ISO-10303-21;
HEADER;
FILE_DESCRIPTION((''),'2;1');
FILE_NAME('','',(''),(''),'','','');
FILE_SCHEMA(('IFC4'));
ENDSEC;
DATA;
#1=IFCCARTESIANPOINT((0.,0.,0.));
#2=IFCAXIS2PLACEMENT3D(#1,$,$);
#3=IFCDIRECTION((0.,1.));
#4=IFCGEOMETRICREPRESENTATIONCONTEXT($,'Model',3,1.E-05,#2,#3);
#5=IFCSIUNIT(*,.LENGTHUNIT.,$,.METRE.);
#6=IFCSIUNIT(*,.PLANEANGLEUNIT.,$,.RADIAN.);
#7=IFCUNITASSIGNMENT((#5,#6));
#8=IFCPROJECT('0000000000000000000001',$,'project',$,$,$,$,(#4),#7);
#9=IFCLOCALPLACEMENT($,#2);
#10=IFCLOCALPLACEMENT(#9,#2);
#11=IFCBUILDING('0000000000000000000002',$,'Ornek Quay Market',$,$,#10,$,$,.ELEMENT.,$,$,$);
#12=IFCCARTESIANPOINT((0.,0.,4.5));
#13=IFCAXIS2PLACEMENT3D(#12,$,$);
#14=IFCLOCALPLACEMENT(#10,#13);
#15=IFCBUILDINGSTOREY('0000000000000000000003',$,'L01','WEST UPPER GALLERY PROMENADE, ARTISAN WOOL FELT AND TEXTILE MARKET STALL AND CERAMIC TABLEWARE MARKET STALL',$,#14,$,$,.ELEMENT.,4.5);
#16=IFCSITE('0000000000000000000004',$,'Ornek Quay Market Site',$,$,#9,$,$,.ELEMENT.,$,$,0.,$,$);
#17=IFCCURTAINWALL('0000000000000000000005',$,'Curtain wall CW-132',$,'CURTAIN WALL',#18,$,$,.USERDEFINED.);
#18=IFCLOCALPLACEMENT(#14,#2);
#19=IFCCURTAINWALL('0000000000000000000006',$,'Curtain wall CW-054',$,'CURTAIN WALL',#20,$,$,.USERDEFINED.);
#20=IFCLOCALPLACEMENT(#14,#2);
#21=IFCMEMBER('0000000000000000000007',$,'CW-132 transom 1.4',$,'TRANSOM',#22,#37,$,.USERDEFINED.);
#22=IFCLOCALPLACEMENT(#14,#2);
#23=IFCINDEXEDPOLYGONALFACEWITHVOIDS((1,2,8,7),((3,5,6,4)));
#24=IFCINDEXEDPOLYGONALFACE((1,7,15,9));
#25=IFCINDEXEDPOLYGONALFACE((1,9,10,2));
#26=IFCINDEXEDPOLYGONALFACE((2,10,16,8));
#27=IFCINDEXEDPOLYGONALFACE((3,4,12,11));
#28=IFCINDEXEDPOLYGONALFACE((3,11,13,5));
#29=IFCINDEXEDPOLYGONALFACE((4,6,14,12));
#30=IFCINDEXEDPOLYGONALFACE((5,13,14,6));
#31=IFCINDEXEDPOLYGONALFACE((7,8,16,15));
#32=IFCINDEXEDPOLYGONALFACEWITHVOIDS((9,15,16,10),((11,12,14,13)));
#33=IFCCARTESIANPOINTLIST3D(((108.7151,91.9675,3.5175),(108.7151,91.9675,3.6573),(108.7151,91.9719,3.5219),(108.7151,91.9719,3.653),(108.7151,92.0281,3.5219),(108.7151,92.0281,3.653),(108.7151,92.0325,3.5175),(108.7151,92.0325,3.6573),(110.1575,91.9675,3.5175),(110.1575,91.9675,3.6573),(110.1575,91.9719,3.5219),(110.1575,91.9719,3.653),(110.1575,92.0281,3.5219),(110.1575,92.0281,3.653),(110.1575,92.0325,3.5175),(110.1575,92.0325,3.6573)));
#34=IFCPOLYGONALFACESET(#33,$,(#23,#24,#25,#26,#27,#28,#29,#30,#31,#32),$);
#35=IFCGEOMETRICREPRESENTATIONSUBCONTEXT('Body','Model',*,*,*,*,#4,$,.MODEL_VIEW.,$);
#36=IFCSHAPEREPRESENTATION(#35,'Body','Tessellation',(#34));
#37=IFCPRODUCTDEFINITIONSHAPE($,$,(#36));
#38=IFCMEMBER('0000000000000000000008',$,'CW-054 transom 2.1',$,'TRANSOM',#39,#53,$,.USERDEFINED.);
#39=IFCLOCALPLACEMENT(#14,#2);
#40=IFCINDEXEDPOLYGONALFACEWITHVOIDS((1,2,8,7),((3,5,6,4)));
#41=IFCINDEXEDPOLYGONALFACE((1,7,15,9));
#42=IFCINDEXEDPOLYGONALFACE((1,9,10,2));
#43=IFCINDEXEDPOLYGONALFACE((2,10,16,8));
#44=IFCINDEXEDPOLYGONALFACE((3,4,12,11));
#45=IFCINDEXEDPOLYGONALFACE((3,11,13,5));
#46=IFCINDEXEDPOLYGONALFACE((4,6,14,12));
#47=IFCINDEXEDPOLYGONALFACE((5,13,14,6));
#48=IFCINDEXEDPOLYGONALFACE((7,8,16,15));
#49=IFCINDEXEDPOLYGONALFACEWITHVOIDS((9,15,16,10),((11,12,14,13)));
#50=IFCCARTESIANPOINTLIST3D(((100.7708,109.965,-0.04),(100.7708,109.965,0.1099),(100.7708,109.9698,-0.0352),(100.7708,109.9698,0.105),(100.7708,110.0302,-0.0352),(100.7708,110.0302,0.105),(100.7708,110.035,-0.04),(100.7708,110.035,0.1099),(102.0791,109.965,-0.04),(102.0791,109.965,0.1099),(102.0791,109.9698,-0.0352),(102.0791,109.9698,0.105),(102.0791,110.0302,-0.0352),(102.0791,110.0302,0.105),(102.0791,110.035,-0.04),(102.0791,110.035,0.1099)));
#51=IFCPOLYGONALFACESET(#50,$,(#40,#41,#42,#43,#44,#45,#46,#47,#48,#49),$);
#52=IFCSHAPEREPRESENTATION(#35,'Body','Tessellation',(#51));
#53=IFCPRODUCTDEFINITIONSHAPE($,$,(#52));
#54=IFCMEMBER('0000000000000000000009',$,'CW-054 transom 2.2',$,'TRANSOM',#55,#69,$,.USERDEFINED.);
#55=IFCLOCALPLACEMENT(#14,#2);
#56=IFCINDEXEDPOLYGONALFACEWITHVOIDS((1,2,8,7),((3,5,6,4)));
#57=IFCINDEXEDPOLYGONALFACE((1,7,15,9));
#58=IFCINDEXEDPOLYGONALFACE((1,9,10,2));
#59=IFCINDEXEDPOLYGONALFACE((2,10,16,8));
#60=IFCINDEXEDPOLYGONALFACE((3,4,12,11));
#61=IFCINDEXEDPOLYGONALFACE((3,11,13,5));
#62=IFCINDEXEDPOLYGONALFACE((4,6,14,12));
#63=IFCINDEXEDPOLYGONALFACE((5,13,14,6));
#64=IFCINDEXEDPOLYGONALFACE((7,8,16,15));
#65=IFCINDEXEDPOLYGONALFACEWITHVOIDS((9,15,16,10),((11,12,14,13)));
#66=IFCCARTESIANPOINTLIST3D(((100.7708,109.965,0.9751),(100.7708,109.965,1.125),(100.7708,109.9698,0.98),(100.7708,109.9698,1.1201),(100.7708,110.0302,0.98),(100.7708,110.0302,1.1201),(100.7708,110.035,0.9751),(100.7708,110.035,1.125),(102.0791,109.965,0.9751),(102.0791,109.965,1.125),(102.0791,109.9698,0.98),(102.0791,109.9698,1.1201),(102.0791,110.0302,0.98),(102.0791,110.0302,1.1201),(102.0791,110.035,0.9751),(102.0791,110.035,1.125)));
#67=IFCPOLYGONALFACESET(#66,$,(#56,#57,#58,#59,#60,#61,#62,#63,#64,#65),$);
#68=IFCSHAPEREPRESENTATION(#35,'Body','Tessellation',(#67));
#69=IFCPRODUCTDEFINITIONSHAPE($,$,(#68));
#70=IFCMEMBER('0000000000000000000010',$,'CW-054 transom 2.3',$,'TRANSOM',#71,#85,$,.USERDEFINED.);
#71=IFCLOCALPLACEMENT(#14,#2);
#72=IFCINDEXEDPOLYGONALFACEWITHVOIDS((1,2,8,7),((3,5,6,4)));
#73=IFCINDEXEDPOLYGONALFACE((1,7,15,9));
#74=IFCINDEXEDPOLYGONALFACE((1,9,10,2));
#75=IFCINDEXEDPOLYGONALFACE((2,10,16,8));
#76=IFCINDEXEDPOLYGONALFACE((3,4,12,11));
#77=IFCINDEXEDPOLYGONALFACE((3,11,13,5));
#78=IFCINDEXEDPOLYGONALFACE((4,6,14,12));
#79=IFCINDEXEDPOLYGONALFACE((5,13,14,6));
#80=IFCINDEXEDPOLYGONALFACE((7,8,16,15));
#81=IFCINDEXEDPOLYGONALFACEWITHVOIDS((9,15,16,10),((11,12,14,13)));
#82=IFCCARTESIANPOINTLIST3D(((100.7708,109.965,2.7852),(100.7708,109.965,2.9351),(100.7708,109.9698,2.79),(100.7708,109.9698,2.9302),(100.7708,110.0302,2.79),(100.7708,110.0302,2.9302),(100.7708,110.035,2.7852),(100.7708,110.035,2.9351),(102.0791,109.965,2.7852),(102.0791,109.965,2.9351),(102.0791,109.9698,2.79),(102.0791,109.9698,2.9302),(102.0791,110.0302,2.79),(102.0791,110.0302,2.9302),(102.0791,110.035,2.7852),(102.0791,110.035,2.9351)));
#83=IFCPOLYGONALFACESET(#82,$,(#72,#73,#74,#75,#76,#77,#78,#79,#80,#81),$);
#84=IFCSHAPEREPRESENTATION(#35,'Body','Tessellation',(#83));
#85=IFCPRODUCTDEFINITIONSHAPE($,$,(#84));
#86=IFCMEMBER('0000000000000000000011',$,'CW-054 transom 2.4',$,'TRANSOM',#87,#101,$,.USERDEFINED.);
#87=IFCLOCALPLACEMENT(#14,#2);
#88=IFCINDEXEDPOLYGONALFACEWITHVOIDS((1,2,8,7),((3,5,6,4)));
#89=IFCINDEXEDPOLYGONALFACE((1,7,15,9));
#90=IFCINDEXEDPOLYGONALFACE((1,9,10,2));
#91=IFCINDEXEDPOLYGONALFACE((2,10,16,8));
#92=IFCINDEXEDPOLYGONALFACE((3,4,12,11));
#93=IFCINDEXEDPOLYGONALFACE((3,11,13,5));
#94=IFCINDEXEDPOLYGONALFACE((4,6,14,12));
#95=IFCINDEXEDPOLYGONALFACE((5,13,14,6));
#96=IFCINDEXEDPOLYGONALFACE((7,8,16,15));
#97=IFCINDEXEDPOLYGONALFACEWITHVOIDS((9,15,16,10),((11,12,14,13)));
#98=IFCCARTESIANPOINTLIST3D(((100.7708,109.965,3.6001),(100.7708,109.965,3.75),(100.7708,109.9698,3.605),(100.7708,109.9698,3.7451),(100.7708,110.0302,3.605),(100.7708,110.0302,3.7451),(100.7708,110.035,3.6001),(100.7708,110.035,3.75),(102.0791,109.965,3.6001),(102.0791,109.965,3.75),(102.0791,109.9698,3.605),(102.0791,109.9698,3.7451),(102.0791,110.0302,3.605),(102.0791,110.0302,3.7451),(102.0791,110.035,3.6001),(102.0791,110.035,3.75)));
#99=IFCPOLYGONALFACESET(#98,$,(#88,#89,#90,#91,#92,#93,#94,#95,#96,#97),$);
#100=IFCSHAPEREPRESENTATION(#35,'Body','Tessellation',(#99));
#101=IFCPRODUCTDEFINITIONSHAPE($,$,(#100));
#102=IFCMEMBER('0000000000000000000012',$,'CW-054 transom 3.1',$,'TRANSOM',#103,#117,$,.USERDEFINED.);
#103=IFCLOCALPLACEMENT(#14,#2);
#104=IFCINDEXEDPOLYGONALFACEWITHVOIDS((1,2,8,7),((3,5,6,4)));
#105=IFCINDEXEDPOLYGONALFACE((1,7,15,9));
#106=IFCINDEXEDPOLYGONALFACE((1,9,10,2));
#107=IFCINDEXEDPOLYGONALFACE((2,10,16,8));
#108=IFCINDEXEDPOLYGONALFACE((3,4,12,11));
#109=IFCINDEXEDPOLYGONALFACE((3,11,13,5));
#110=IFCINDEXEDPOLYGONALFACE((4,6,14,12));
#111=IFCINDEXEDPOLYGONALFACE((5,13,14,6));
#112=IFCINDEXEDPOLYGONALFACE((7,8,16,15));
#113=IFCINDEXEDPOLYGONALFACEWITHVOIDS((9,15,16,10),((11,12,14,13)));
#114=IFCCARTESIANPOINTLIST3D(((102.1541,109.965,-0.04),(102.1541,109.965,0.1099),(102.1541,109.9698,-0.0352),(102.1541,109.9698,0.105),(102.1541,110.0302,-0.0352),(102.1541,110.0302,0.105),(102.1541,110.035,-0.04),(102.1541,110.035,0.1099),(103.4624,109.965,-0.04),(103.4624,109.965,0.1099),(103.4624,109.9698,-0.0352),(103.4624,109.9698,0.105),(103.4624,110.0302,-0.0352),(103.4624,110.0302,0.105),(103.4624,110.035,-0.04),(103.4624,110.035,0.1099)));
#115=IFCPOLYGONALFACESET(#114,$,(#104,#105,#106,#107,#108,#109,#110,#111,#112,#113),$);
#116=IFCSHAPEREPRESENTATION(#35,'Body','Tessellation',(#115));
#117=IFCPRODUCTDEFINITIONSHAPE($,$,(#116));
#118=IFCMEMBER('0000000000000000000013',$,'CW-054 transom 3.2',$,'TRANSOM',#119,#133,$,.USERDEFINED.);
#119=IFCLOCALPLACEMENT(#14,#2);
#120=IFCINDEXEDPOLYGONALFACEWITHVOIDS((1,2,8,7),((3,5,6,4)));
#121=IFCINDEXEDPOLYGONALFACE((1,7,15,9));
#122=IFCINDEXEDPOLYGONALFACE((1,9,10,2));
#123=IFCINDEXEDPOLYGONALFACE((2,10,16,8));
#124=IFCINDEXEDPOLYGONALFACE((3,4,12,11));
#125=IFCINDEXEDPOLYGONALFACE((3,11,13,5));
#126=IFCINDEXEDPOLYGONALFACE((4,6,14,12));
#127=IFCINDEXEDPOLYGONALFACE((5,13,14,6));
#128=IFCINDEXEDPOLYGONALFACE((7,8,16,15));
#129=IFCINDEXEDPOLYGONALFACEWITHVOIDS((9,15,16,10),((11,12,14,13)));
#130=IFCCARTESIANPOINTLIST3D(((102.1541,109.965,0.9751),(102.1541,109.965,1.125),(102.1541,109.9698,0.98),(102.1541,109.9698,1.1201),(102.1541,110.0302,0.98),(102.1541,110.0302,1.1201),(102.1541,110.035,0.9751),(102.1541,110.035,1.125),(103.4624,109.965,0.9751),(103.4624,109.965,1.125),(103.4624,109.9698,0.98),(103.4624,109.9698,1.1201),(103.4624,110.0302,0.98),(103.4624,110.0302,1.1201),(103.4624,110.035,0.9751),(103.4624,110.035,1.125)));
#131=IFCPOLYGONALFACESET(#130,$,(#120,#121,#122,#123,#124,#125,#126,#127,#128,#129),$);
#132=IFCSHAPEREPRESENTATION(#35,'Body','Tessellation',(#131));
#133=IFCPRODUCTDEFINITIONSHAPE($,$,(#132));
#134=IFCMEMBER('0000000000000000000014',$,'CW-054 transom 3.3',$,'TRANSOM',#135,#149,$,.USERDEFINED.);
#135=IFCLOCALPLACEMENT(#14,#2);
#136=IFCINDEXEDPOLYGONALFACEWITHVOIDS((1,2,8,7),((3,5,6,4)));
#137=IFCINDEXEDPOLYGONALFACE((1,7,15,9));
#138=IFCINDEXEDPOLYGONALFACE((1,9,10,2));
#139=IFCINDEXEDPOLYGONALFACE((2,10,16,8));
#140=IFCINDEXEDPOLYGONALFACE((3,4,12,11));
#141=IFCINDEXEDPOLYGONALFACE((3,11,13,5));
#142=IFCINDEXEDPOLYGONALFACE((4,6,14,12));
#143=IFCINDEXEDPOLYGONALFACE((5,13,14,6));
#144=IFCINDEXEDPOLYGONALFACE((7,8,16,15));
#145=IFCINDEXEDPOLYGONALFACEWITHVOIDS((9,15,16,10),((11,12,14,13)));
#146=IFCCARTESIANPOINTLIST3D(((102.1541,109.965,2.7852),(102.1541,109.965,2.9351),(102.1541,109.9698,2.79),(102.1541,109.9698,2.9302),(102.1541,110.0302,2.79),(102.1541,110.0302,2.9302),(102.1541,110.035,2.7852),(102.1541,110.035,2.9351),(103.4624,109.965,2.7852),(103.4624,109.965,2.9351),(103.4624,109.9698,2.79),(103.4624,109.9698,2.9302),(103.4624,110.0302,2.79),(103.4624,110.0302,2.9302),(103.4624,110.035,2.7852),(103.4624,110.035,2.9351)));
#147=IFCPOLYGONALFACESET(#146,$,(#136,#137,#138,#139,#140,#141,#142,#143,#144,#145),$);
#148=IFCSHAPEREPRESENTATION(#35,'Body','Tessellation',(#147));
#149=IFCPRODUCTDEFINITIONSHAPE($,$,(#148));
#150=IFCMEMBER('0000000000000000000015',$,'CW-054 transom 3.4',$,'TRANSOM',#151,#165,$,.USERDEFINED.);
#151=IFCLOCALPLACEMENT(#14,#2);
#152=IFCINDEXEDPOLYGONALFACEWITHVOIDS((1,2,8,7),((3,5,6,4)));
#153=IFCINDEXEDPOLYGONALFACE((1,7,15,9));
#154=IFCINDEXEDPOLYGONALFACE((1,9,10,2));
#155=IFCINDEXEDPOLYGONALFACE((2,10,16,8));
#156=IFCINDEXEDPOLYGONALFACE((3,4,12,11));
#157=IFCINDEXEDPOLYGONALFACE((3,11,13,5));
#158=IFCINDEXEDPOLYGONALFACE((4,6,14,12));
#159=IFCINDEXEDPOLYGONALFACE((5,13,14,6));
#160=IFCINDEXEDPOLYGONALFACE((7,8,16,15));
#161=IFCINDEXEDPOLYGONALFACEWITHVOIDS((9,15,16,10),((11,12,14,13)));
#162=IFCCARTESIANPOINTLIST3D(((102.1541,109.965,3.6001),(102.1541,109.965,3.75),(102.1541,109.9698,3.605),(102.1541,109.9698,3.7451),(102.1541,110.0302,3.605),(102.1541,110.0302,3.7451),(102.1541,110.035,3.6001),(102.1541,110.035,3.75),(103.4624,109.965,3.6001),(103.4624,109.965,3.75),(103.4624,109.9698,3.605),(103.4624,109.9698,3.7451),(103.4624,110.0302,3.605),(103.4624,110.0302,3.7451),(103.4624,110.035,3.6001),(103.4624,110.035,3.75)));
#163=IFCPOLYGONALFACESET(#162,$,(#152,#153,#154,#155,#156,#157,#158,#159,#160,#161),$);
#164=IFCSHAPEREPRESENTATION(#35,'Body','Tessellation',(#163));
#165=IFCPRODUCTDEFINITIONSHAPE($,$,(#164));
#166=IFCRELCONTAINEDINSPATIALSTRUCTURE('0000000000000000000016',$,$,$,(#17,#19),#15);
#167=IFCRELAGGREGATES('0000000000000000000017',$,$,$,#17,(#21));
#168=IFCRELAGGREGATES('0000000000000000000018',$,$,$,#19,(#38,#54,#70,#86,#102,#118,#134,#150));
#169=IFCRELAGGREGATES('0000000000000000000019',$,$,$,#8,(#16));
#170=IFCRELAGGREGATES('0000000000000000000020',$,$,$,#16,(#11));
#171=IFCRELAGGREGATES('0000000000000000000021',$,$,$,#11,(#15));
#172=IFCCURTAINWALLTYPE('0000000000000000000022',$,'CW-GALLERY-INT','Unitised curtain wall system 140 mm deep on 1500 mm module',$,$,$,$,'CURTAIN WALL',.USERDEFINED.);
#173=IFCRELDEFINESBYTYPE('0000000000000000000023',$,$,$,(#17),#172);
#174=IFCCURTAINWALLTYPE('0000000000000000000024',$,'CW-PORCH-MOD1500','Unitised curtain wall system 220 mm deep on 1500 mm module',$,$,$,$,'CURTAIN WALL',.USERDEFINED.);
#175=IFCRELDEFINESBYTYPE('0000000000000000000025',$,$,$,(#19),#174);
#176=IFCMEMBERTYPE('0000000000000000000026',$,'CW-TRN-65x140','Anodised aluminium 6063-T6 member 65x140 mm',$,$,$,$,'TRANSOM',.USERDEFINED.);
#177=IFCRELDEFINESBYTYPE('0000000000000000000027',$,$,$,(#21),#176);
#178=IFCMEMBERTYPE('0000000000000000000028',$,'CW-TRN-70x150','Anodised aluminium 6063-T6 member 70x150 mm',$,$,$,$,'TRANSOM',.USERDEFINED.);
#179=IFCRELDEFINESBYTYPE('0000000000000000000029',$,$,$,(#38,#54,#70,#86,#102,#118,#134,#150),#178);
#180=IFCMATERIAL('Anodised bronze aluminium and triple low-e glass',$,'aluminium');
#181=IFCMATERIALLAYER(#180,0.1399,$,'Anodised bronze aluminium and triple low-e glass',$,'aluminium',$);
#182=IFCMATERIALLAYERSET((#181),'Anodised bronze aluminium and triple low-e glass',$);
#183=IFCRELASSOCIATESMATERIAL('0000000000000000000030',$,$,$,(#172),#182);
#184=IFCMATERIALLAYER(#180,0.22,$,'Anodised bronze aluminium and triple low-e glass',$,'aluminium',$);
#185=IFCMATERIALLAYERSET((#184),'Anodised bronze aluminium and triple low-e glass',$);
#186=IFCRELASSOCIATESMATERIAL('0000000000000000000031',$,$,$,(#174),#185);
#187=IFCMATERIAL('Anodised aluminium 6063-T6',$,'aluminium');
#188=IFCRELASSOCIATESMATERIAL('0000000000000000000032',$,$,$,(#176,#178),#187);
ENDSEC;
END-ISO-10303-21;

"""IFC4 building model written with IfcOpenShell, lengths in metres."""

from ifc_helpers import new_model, si_unit, direction, frame, origin, origin_2d, place, context, subcontext, project, spatial, hollow_rectangle, extrude, material, layer, layer_set, material_profile, profile_set, type_object, element, aggregate, save


model = new_model("IFC4")

# Units and contexts
model_context = context("Model", 3, precision=1e-05, world=origin(), true_north=direction((0.0, 1.0)))
body_context = subcontext(model_context, "Body", "Model", "MODEL_VIEW")
ifc_project = project(units=[si_unit("LENGTHUNIT", "METRE"), si_unit("PLANEANGLEUNIT", "RADIAN")], contexts=[model_context])

# Site, building, storey
site_placement = place(None, origin())
site = spatial("IfcSite", under=ifc_project, at=site_placement, Name="Ornek Quay Market Site", CompositionType="ELEMENT", RefElevation=0.0)
building_placement = place(site_placement, origin())
building = spatial("IfcBuilding", under=site, at=building_placement, Name="Ornek Quay Market", CompositionType="ELEMENT")
storey_placement = place(building_placement, frame((0.0, 0.0, 4.5)))
storey = spatial("IfcBuildingStorey", under=building, at=storey_placement, Name="L01", Description="WEST UPPER GALLERY PROMENADE, ARTISAN WOOL FELT AND TEXTILE MARKET STALL AND CERAMIC TABLEWARE MARKET STALL", CompositionType="ELEMENT", Elevation=4.5)

# Curtain walls
ifc_material_1 = material(Name="Anodised bronze aluminium and triple low-e glass", Category="aluminium")
ifc_layer_1 = layer(ifc_material_1, 0.1399, Name="Anodised bronze aluminium and triple low-e glass", Category="aluminium")
ifc_layer_set_1 = layer_set([ifc_layer_1], Name="Anodised bronze aluminium and triple low-e glass")
curtain_wall_type_1 = type_object("IfcCurtainWallType", Name="CW-GALLERY-INT", Description="Unitised curtain wall system 140 mm deep on 1500 mm module", ElementType="CURTAIN WALL", PredefinedType="USERDEFINED", material=ifc_layer_set_1)
ifc_material_2 = material(Name="Anodised aluminium 6063-T6", Category="aluminium")
curtain_wall_1_placement = place(storey_placement, origin())
curtain_wall_1 = element("IfcCurtainWall", 1, at=curtain_wall_1_placement, inside=storey, type_object=curtain_wall_type_1, Name="Curtain wall CW-132", ObjectType="CURTAIN WALL", PredefinedType="USERDEFINED")
ifc_layer_2 = layer(ifc_material_1, 0.22, Name="Anodised bronze aluminium and triple low-e glass", Category="aluminium")
ifc_layer_set_2 = layer_set([ifc_layer_2], Name="Anodised bronze aluminium and triple low-e glass")
curtain_wall_type_2 = type_object("IfcCurtainWallType", Name="CW-PORCH-MOD1500", Description="Unitised curtain wall system 220 mm deep on 1500 mm module", ElementType="CURTAIN WALL", PredefinedType="USERDEFINED", material=ifc_layer_set_2)
curtain_wall_2_placement = place(storey_placement, origin())
curtain_wall_2 = element("IfcCurtainWall", 2, at=curtain_wall_2_placement, inside=storey, type_object=curtain_wall_type_2, Name="Curtain wall CW-054", ObjectType="CURTAIN WALL", PredefinedType="USERDEFINED")

# Members
ifc_material_profile_1 = material_profile(ifc_material_2, hollow_rectangle(XDim=0.0649, YDim=0.1399, WallThickness=0.0044, at=origin_2d()), Name="CW-TRN-65x140", Category="aluminium")
ifc_profile_set_1 = profile_set([ifc_material_profile_1], Name="Anodised aluminium 6063-T6")
member_type_1 = type_object("IfcMemberType", Name="CW-TRN-65x140", Description="Anodised aluminium 6063-T6 member 65x140 mm", ElementType="TRANSOM", PredefinedType="USERDEFINED", material=ifc_profile_set_1)
member_1_placement = place(storey_placement, frame((108.7151, 92.0, 3.5874), z_axis=(1.0, 0.0, 0.0), x_axis=(0.0, 1.0, 0.0)))
member_1 = element("IfcMember", 3, at=member_1_placement, type_object=member_type_1, Name="CW-132 transom 1.4", ObjectType="TRANSOM", PredefinedType="USERDEFINED", context=body_context, shape_type="SweptSolid", body=[
    extrude(hollow_rectangle(XDim=0.0649, YDim=0.1399, WallThickness=0.0044, at=origin_2d()), origin(), (0.0, 0.0, 1.0), 1.4424),
])
aggregate(curtain_wall_1, [member_1])
ifc_material_profile_2 = material_profile(ifc_material_2, hollow_rectangle(XDim=0.0701, YDim=0.1499, WallThickness=0.0049, at=origin_2d()), Name="CW-TRN-70x150", Category="aluminium")
ifc_profile_set_2 = profile_set([ifc_material_profile_2], Name="Anodised aluminium 6063-T6")
member_type_2 = type_object("IfcMemberType", Name="CW-TRN-70x150", Description="Anodised aluminium 6063-T6 member 70x150 mm", ElementType="TRANSOM", PredefinedType="USERDEFINED", material=ifc_profile_set_2)
member_2_placement = place(storey_placement, frame((100.7708, 110.0, 0.0349), z_axis=(1.0, 0.0, 0.0), x_axis=(0.0, 1.0, 0.0)))
member_2 = element("IfcMember", 4, at=member_2_placement, type_object=member_type_2, Name="CW-054 transom 2.1", ObjectType="TRANSOM", PredefinedType="USERDEFINED", context=body_context, shape_type="SweptSolid", body=[
    extrude(hollow_rectangle(XDim=0.0701, YDim=0.1499, WallThickness=0.0049, at=origin_2d()), origin(), (0.0, 0.0, 1.0), 1.3083),
])
member_3_placement = place(storey_placement, frame((100.7708, 110.0, 1.05), z_axis=(1.0, 0.0, 0.0), x_axis=(0.0, 1.0, 0.0)))
member_3 = element("IfcMember", 5, at=member_3_placement, type_object=member_type_2, Name="CW-054 transom 2.2", ObjectType="TRANSOM", PredefinedType="USERDEFINED", context=body_context, shape_type="SweptSolid", body=[
    extrude(hollow_rectangle(XDim=0.0701, YDim=0.1499, WallThickness=0.0049, at=origin_2d()), origin(), (0.0, 0.0, 1.0), 1.3083),
])
member_4_placement = place(storey_placement, frame((100.7708, 110.0, 2.8601), z_axis=(1.0, 0.0, 0.0), x_axis=(0.0, 1.0, 0.0)))
member_4 = element("IfcMember", 6, at=member_4_placement, type_object=member_type_2, Name="CW-054 transom 2.3", ObjectType="TRANSOM", PredefinedType="USERDEFINED", context=body_context, shape_type="SweptSolid", body=[
    extrude(hollow_rectangle(XDim=0.0701, YDim=0.1499, WallThickness=0.0049, at=origin_2d()), origin(), (0.0, 0.0, 1.0), 1.3083),
])
member_5_placement = place(storey_placement, frame((100.7708, 110.0, 3.675), z_axis=(1.0, 0.0, 0.0), x_axis=(0.0, 1.0, 0.0)))
member_5 = element("IfcMember", 7, at=member_5_placement, type_object=member_type_2, Name="CW-054 transom 2.4", ObjectType="TRANSOM", PredefinedType="USERDEFINED", context=body_context, shape_type="SweptSolid", body=[
    extrude(hollow_rectangle(XDim=0.0701, YDim=0.1499, WallThickness=0.0049, at=origin_2d()), origin(), (0.0, 0.0, 1.0), 1.3083),
])
member_6_placement = place(storey_placement, frame((102.1541, 110.0, 0.0349), z_axis=(1.0, 0.0, 0.0), x_axis=(0.0, 1.0, 0.0)))
member_6 = element("IfcMember", 8, at=member_6_placement, type_object=member_type_2, Name="CW-054 transom 3.1", ObjectType="TRANSOM", PredefinedType="USERDEFINED", context=body_context, shape_type="SweptSolid", body=[
    extrude(hollow_rectangle(XDim=0.0701, YDim=0.1499, WallThickness=0.0049, at=origin_2d()), origin(), (0.0, 0.0, 1.0), 1.3083),
])
member_7_placement = place(storey_placement, frame((102.1541, 110.0, 1.05), z_axis=(1.0, 0.0, 0.0), x_axis=(0.0, 1.0, 0.0)))
member_7 = element("IfcMember", 9, at=member_7_placement, type_object=member_type_2, Name="CW-054 transom 3.2", ObjectType="TRANSOM", PredefinedType="USERDEFINED", context=body_context, shape_type="SweptSolid", body=[
    extrude(hollow_rectangle(XDim=0.0701, YDim=0.1499, WallThickness=0.0049, at=origin_2d()), origin(), (0.0, 0.0, 1.0), 1.3083),
])
member_8_placement = place(storey_placement, frame((102.1541, 110.0, 2.8601), z_axis=(1.0, 0.0, 0.0), x_axis=(0.0, 1.0, 0.0)))
member_8 = element("IfcMember", 10, at=member_8_placement, type_object=member_type_2, Name="CW-054 transom 3.3", ObjectType="TRANSOM", PredefinedType="USERDEFINED", context=body_context, shape_type="SweptSolid", body=[
    extrude(hollow_rectangle(XDim=0.0701, YDim=0.1499, WallThickness=0.0049, at=origin_2d()), origin(), (0.0, 0.0, 1.0), 1.3083),
])
member_9_placement = place(storey_placement, frame((102.1541, 110.0, 3.675), z_axis=(1.0, 0.0, 0.0), x_axis=(0.0, 1.0, 0.0)))
member_9 = element("IfcMember", 11, at=member_9_placement, type_object=member_type_2, Name="CW-054 transom 3.4", ObjectType="TRANSOM", PredefinedType="USERDEFINED", context=body_context, shape_type="SweptSolid", body=[
    extrude(hollow_rectangle(XDim=0.0701, YDim=0.1499, WallThickness=0.0049, at=origin_2d()), origin(), (0.0, 0.0, 1.0), 1.3083),
])

aggregate(curtain_wall_2, [member_2, member_3, member_4, member_5, member_6, member_7, member_8, member_9])

save(model, "model.ifc")
